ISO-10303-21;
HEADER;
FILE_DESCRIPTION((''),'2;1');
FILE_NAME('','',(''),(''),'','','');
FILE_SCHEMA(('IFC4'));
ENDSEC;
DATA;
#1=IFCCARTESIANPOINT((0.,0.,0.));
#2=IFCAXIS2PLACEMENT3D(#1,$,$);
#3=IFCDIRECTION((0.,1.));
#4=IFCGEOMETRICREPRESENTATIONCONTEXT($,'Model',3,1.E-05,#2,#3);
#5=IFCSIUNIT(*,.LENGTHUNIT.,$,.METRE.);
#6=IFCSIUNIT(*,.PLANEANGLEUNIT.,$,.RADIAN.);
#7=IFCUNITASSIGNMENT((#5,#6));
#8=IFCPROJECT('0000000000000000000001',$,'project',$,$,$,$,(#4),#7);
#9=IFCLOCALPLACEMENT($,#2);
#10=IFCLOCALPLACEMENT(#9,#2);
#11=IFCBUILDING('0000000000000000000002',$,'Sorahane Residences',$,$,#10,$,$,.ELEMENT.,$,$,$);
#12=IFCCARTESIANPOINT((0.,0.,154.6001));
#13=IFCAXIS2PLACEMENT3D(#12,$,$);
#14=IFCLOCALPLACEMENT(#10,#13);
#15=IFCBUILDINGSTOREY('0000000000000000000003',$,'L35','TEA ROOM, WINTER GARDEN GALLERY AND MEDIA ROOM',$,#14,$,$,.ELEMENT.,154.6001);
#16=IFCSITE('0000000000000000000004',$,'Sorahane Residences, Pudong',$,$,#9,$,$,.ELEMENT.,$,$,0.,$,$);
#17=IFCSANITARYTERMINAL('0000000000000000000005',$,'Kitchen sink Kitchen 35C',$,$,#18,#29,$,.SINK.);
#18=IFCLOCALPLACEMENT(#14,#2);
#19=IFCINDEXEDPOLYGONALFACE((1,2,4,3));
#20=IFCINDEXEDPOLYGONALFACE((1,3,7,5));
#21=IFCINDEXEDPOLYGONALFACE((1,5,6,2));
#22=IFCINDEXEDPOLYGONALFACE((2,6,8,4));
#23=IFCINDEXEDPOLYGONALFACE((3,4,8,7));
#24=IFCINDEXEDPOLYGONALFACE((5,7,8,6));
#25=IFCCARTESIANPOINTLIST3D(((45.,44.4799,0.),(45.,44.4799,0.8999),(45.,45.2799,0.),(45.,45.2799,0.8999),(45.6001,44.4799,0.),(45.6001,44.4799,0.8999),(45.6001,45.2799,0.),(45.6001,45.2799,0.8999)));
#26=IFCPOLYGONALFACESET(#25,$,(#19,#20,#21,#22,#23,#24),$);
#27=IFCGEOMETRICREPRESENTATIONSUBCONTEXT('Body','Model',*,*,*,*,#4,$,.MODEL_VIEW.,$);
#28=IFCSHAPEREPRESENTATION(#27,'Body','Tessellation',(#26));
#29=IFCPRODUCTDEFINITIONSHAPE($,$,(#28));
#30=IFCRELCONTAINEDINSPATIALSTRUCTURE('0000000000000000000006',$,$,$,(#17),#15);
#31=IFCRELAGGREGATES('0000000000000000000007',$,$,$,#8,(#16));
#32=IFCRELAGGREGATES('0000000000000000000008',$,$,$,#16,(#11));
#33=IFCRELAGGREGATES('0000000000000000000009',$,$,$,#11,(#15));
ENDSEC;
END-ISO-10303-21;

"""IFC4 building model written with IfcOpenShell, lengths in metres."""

from ifc_helpers import new_model, si_unit, direction, frame, origin, origin_2d, place, context, subcontext, project, spatial, rectangle, extrude, element, save


model = new_model("IFC4")

# Units and contexts
model_context = context("Model", 3, precision=1e-05, world=origin(), true_north=direction((0.0, 1.0)))
body_context = subcontext(model_context, "Body", "Model", "MODEL_VIEW")
ifc_project = project(units=[si_unit("LENGTHUNIT", "METRE"), si_unit("PLANEANGLEUNIT", "RADIAN")], contexts=[model_context])

# Site, building, storey
site_placement = place(None, origin())
site = spatial("IfcSite", under=ifc_project, at=site_placement, Name="Sorahane Residences, Pudong", CompositionType="ELEMENT", RefElevation=0.0)
building_placement = place(site_placement, origin())
building = spatial("IfcBuilding", under=site, at=building_placement, Name="Sorahane Residences", CompositionType="ELEMENT")
storey_placement = place(building_placement, frame((0.0, 0.0, 154.6001)))
storey = spatial("IfcBuildingStorey", under=building, at=storey_placement, Name="L35", Description="TEA ROOM, WINTER GARDEN GALLERY AND MEDIA ROOM", CompositionType="ELEMENT", Elevation=154.6001)

# Sanitary terminal
sanitary_terminal_placement = place(storey_placement, frame((45.3, 44.8799, 0.0), z_axis=(0.0, 0.0, 1.0), x_axis=(0.0, 1.0, 0.0)))
element("IfcSanitaryTerminal", 1, at=sanitary_terminal_placement, inside=storey, Name="Kitchen sink Kitchen 35C", PredefinedType="SINK", context=body_context, shape_type="SweptSolid", body=[
    extrude(rectangle(XDim=0.8, YDim=0.6001, at=origin_2d()), origin(), (0.0, 0.0, 1.0), 0.8999),
])

save(model, "model.ifc")
